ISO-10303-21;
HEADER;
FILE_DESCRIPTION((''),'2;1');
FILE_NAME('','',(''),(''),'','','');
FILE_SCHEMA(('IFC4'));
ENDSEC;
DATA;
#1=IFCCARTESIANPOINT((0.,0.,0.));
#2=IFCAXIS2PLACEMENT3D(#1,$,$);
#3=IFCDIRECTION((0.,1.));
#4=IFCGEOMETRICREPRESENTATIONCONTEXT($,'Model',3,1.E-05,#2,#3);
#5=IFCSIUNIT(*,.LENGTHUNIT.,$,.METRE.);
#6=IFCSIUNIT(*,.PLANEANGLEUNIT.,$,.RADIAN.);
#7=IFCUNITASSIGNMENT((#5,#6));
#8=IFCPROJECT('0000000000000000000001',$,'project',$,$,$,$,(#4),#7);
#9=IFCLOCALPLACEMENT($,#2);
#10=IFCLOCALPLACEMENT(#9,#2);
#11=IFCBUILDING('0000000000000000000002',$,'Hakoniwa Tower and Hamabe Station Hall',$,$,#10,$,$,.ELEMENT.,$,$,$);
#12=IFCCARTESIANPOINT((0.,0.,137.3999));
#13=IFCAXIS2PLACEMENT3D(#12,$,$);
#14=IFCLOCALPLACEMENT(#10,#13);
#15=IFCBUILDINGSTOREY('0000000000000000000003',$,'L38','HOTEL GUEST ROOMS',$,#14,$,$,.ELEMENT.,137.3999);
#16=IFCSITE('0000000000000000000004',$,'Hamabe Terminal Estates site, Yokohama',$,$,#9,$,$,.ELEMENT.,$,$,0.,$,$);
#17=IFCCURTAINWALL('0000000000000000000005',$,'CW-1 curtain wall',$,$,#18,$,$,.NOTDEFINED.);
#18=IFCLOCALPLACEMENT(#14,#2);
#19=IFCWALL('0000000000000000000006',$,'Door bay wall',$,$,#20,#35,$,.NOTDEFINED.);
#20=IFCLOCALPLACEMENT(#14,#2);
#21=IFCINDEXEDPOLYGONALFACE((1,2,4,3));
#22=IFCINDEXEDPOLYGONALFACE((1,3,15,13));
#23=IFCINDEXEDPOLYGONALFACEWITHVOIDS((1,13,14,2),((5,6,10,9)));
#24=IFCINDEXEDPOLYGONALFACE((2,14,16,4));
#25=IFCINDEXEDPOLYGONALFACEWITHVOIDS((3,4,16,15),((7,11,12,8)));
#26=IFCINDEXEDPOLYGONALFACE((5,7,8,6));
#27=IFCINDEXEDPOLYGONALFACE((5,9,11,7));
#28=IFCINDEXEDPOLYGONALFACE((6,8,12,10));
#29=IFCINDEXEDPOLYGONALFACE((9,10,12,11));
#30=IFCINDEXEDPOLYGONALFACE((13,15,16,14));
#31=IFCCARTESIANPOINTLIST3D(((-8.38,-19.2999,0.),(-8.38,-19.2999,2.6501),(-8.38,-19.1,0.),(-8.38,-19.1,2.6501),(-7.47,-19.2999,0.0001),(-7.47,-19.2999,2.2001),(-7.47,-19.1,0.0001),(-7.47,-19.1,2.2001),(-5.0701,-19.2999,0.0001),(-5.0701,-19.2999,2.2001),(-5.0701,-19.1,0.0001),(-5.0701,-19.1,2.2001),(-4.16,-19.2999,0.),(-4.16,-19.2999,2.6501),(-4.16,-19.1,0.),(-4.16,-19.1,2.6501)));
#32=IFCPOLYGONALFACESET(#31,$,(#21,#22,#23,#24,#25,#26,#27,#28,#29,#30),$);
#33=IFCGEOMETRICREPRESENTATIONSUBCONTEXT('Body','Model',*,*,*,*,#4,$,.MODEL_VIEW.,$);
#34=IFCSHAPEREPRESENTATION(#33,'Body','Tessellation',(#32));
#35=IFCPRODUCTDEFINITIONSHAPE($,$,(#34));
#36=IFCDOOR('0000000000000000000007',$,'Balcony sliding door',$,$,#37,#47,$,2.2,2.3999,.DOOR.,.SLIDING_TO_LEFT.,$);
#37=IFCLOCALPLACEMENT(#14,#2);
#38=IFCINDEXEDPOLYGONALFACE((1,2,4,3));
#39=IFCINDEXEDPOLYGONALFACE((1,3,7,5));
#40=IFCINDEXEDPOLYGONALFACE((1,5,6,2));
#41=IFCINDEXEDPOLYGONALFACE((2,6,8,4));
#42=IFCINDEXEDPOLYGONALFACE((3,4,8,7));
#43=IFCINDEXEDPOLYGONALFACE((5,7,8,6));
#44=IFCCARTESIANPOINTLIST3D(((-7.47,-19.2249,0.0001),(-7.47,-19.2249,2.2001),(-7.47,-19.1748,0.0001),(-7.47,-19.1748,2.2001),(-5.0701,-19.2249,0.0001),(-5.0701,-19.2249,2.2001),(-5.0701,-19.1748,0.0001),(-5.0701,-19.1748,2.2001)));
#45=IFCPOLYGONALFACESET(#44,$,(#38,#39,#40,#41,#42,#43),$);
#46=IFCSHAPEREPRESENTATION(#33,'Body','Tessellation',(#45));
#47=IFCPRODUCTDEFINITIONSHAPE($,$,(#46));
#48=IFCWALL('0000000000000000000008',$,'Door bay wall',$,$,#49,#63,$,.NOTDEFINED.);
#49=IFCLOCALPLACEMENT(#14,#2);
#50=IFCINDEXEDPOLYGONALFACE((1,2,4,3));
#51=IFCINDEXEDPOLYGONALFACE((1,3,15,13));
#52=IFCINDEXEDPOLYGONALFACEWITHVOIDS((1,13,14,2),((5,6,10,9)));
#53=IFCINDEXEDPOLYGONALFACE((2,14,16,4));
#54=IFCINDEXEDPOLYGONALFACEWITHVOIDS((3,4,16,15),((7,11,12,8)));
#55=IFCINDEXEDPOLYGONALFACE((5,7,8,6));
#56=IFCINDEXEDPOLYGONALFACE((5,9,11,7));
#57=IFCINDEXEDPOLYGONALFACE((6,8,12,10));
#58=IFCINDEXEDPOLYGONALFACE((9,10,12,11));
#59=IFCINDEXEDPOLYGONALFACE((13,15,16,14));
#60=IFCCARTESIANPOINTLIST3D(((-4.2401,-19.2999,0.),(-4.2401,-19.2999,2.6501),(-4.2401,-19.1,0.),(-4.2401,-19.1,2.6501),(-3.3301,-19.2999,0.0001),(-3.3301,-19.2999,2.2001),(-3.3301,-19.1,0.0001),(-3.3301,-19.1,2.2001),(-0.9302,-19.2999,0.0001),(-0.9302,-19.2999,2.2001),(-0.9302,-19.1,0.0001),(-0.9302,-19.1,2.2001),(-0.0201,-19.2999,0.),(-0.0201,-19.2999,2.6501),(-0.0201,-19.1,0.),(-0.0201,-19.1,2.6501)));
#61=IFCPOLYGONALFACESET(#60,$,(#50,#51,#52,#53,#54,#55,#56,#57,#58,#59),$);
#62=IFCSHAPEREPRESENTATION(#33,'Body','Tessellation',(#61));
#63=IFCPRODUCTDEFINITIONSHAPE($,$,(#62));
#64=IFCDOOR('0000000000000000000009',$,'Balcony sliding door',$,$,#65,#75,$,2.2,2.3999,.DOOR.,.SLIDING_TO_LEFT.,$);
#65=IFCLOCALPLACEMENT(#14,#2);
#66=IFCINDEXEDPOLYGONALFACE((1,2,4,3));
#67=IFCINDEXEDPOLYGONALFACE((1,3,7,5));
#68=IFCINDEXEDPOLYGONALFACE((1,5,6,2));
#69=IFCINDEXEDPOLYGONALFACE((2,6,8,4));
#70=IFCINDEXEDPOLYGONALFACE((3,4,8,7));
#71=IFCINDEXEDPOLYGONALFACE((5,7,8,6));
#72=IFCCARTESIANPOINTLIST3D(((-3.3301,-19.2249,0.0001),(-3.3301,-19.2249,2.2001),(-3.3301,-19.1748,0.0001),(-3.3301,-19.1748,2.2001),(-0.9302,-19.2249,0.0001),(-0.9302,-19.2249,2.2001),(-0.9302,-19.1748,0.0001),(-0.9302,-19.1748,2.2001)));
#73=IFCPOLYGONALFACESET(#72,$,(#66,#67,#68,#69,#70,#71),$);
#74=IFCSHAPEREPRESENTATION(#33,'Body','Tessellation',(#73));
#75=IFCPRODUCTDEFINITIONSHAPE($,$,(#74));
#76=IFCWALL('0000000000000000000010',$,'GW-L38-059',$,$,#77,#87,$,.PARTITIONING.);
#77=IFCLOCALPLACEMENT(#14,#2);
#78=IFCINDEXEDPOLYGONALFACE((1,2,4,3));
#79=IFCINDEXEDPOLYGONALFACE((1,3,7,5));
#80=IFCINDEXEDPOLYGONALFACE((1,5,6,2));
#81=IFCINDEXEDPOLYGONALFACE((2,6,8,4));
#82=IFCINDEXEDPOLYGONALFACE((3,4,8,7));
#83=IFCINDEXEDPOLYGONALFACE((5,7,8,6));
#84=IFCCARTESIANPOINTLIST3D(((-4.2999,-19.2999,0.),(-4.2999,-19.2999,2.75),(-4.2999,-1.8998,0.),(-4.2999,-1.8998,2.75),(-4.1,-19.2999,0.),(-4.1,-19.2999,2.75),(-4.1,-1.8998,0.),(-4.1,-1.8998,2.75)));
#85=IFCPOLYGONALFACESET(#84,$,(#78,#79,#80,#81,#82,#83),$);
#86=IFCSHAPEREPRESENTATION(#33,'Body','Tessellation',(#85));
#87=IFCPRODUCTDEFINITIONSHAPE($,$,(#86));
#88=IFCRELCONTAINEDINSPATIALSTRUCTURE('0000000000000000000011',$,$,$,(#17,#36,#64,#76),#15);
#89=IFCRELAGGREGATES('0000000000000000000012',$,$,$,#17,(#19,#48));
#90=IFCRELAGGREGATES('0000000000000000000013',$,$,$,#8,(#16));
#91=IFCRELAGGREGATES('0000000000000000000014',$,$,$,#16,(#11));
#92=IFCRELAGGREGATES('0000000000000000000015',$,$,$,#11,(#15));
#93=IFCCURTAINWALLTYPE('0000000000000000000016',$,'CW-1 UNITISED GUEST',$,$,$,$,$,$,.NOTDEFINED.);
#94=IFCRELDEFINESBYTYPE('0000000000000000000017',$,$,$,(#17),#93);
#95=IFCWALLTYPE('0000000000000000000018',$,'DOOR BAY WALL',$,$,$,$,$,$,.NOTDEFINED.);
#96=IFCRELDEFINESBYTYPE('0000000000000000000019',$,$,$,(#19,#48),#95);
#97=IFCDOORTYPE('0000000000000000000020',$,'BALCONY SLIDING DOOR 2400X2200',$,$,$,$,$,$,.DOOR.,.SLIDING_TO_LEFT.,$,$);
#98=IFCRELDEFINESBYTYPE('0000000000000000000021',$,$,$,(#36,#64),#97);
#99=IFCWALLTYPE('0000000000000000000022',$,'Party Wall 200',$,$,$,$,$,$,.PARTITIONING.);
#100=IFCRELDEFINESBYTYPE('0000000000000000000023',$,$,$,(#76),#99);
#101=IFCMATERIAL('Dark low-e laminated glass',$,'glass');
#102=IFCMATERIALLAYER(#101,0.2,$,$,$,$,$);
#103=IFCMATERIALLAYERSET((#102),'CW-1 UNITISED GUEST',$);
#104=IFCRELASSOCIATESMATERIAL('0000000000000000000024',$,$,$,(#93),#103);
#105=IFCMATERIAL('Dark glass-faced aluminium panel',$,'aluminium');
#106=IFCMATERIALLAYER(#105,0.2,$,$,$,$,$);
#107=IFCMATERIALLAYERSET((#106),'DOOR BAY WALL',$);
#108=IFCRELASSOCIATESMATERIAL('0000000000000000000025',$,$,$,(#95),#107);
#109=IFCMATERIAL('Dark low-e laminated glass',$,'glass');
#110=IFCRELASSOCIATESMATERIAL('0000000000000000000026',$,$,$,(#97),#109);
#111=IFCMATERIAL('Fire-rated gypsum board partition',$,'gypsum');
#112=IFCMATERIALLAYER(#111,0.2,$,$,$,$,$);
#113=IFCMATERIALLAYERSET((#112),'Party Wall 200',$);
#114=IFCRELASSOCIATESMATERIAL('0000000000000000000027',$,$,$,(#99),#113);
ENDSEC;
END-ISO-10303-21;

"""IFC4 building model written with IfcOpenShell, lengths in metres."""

from ifc_helpers import new_model, si_unit, direction, frame, frame_2d, origin, place, context, subcontext, project, spatial, rectangle, extrude, material, layer, layer_set, type_object, element, fill, aggregate, save


model = new_model("IFC4")

# Units and contexts
model_context = context("Model", 3, precision=1e-05, world=origin(), true_north=direction((0.0, 1.0)))
body_context = subcontext(model_context, "Body", "Model", "MODEL_VIEW")
ifc_project = project(units=[si_unit("LENGTHUNIT", "METRE"), si_unit("PLANEANGLEUNIT", "RADIAN")], contexts=[model_context])

# Site, building, storey
site_placement = place(None, origin())
site = spatial("IfcSite", under=ifc_project, at=site_placement, Name="Hamabe Terminal Estates site, Yokohama", CompositionType="ELEMENT", RefElevation=0.0)
building_placement = place(site_placement, origin())
building = spatial("IfcBuilding", under=site, at=building_placement, Name="Hakoniwa Tower and Hamabe Station Hall", CompositionType="ELEMENT")
storey_placement = place(building_placement, frame((0.0, 0.0, 137.3999)))
storey = spatial("IfcBuildingStorey", under=building, at=storey_placement, Name="L38", Description="HOTEL GUEST ROOMS", CompositionType="ELEMENT", Elevation=137.3999)

# Curtain wall
ifc_material_1 = material(Name="Dark low-e laminated glass", Category="glass")
ifc_layer_1 = layer(ifc_material_1, 0.2)
ifc_layer_set_1 = layer_set([ifc_layer_1], Name="CW-1 UNITISED GUEST")
curtain_wall_type = type_object("IfcCurtainWallType", Name="CW-1 UNITISED GUEST", PredefinedType="NOTDEFINED", material=ifc_layer_set_1)
curtain_wall_1_placement = place(storey_placement, origin())
curtain_wall_1 = element("IfcCurtainWall", 1, at=curtain_wall_1_placement, inside=storey, type_object=curtain_wall_type, Name="CW-1 curtain wall", PredefinedType="NOTDEFINED")

# Walls, openings, doors
ifc_material_2 = material(Name="Dark glass-faced aluminium panel", Category="aluminium")
ifc_layer_2 = layer(ifc_material_2, 0.2)
ifc_layer_set_2 = layer_set([ifc_layer_2], Name="DOOR BAY WALL")
wall_type_1 = type_object("IfcWallType", Name="DOOR BAY WALL", PredefinedType="NOTDEFINED", material=ifc_layer_set_2)
wall_1_placement = place(storey_placement, frame((-8.3799, -19.2, 0.0), z_axis=(0.0, 0.0, 1.0), x_axis=(1.0, 0.0, 0.0)))
wall_1 = element("IfcWall", 2, at=wall_1_placement, type_object=wall_type_1, Name="Door bay wall", PredefinedType="NOTDEFINED", context=body_context, shape_type="SweptSolid", body=[
    extrude(rectangle(XDim=4.22, YDim=0.2, at=frame_2d((2.1099, 0.0))), origin(), (0.0, 0.0, 1.0), 2.6501),
])
opening_1_placement = place(wall_1_placement, frame((0.9099, 0.0, 0.0)))
opening_1 = element("IfcOpeningElement", 3, at=opening_1_placement, cuts=wall_1, PredefinedType="OPENING", context=body_context, shape_type="SweptSolid", body=[
    extrude(rectangle(XDim=2.3999, YDim=2.2, at=frame_2d((1.2, 1.1001))), frame((0.0, 0.1099, 0.0), z_axis=(0.0, -1.0, 0.0), x_axis=(1.0, 0.0, 0.0)), (0.0, 0.0, 1.0), 0.22),
])
ifc_material_3 = material(Name="Dark low-e laminated glass", Category="glass")
door_type_1 = type_object("IfcDoorType", Name="BALCONY SLIDING DOOR 2400X2200", OperationType="SLIDING_TO_LEFT", PredefinedType="DOOR", material=ifc_material_3)
door_1_placement = place(opening_1_placement, frame((2.3999, 0.0, 0.0), z_axis=(0.0, 0.0, 1.0), x_axis=(-1.0, 0.0, 0.0)))
door_1 = element("IfcDoor", 4, at=door_1_placement, inside=storey, type_object=door_type_1, Name="Balcony sliding door", OperationType="SLIDING_TO_LEFT", OverallHeight=2.2, OverallWidth=2.3999, PredefinedType="DOOR", context=body_context, shape_type="SweptSolid", body=[
    extrude(rectangle(XDim=2.3999, YDim=2.2, at=frame_2d((1.2, 1.1001))), frame((0.0, 0.0249, 0.0), z_axis=(0.0, -1.0, 0.0), x_axis=(1.0, 0.0, 0.0)), (0.0, 0.0, 1.0), 0.05),
])
fill(opening_1, door_1)
wall_2_placement = place(storey_placement, frame((-4.24, -19.2, 0.0), z_axis=(0.0, 0.0, 1.0), x_axis=(1.0, 0.0, 0.0)))
wall_2 = element("IfcWall", 5, at=wall_2_placement, type_object=wall_type_1, Name="Door bay wall", PredefinedType="NOTDEFINED", context=body_context, shape_type="SweptSolid", body=[
    extrude(rectangle(XDim=4.22, YDim=0.2, at=frame_2d((2.1099, 0.0))), origin(), (0.0, 0.0, 1.0), 2.6501),
])
opening_2_placement = place(wall_2_placement, frame((0.9099, 0.0, 0.0)))
opening_2 = element("IfcOpeningElement", 6, at=opening_2_placement, cuts=wall_2, PredefinedType="OPENING", context=body_context, shape_type="SweptSolid", body=[
    extrude(rectangle(XDim=2.3999, YDim=2.2, at=frame_2d((1.2, 1.1001))), frame((0.0, 0.1099, 0.0), z_axis=(0.0, -1.0, 0.0), x_axis=(1.0, 0.0, 0.0)), (0.0, 0.0, 1.0), 0.22),
])
door_2_placement = place(opening_2_placement, frame((2.3999, 0.0, 0.0), z_axis=(0.0, 0.0, 1.0), x_axis=(-1.0, 0.0, 0.0)))
door_2 = element("IfcDoor", 7, at=door_2_placement, inside=storey, type_object=door_type_1, Name="Balcony sliding door", OperationType="SLIDING_TO_LEFT", OverallHeight=2.2, OverallWidth=2.3999, PredefinedType="DOOR", context=body_context, shape_type="SweptSolid", body=[
    extrude(rectangle(XDim=2.3999, YDim=2.2, at=frame_2d((1.2, 1.1001))), frame((0.0, 0.0249, 0.0), z_axis=(0.0, -1.0, 0.0), x_axis=(1.0, 0.0, 0.0)), (0.0, 0.0, 1.0), 0.05),
])
fill(opening_2, door_2)
aggregate(curtain_wall_1, [wall_1, wall_2])

# Wall
ifc_material_4 = material(Name="Fire-rated gypsum board partition", Category="gypsum")
ifc_layer_3 = layer(ifc_material_4, 0.2)
ifc_layer_set_3 = layer_set([ifc_layer_3], Name="Party Wall 200")
wall_type_2 = type_object("IfcWallType", Name="Party Wall 200", PredefinedType="PARTITIONING", material=ifc_layer_set_3)
wall_3_placement = place(storey_placement, frame((-4.2, -19.3, 0.0), z_axis=(0.0, 0.0, 1.0), x_axis=(0.0, 1.0, 0.0)))
element("IfcWall", 8, at=wall_3_placement, inside=storey, type_object=wall_type_2, Name="GW-L38-059", PredefinedType="PARTITIONING", context=body_context, shape_type="SweptSolid", body=[
    extrude(rectangle(XDim=17.4001, YDim=0.2, at=frame_2d((8.7002, 0.0))), origin(), (0.0, 0.0, 1.0), 2.75),
])

save(model, "model.ifc")
